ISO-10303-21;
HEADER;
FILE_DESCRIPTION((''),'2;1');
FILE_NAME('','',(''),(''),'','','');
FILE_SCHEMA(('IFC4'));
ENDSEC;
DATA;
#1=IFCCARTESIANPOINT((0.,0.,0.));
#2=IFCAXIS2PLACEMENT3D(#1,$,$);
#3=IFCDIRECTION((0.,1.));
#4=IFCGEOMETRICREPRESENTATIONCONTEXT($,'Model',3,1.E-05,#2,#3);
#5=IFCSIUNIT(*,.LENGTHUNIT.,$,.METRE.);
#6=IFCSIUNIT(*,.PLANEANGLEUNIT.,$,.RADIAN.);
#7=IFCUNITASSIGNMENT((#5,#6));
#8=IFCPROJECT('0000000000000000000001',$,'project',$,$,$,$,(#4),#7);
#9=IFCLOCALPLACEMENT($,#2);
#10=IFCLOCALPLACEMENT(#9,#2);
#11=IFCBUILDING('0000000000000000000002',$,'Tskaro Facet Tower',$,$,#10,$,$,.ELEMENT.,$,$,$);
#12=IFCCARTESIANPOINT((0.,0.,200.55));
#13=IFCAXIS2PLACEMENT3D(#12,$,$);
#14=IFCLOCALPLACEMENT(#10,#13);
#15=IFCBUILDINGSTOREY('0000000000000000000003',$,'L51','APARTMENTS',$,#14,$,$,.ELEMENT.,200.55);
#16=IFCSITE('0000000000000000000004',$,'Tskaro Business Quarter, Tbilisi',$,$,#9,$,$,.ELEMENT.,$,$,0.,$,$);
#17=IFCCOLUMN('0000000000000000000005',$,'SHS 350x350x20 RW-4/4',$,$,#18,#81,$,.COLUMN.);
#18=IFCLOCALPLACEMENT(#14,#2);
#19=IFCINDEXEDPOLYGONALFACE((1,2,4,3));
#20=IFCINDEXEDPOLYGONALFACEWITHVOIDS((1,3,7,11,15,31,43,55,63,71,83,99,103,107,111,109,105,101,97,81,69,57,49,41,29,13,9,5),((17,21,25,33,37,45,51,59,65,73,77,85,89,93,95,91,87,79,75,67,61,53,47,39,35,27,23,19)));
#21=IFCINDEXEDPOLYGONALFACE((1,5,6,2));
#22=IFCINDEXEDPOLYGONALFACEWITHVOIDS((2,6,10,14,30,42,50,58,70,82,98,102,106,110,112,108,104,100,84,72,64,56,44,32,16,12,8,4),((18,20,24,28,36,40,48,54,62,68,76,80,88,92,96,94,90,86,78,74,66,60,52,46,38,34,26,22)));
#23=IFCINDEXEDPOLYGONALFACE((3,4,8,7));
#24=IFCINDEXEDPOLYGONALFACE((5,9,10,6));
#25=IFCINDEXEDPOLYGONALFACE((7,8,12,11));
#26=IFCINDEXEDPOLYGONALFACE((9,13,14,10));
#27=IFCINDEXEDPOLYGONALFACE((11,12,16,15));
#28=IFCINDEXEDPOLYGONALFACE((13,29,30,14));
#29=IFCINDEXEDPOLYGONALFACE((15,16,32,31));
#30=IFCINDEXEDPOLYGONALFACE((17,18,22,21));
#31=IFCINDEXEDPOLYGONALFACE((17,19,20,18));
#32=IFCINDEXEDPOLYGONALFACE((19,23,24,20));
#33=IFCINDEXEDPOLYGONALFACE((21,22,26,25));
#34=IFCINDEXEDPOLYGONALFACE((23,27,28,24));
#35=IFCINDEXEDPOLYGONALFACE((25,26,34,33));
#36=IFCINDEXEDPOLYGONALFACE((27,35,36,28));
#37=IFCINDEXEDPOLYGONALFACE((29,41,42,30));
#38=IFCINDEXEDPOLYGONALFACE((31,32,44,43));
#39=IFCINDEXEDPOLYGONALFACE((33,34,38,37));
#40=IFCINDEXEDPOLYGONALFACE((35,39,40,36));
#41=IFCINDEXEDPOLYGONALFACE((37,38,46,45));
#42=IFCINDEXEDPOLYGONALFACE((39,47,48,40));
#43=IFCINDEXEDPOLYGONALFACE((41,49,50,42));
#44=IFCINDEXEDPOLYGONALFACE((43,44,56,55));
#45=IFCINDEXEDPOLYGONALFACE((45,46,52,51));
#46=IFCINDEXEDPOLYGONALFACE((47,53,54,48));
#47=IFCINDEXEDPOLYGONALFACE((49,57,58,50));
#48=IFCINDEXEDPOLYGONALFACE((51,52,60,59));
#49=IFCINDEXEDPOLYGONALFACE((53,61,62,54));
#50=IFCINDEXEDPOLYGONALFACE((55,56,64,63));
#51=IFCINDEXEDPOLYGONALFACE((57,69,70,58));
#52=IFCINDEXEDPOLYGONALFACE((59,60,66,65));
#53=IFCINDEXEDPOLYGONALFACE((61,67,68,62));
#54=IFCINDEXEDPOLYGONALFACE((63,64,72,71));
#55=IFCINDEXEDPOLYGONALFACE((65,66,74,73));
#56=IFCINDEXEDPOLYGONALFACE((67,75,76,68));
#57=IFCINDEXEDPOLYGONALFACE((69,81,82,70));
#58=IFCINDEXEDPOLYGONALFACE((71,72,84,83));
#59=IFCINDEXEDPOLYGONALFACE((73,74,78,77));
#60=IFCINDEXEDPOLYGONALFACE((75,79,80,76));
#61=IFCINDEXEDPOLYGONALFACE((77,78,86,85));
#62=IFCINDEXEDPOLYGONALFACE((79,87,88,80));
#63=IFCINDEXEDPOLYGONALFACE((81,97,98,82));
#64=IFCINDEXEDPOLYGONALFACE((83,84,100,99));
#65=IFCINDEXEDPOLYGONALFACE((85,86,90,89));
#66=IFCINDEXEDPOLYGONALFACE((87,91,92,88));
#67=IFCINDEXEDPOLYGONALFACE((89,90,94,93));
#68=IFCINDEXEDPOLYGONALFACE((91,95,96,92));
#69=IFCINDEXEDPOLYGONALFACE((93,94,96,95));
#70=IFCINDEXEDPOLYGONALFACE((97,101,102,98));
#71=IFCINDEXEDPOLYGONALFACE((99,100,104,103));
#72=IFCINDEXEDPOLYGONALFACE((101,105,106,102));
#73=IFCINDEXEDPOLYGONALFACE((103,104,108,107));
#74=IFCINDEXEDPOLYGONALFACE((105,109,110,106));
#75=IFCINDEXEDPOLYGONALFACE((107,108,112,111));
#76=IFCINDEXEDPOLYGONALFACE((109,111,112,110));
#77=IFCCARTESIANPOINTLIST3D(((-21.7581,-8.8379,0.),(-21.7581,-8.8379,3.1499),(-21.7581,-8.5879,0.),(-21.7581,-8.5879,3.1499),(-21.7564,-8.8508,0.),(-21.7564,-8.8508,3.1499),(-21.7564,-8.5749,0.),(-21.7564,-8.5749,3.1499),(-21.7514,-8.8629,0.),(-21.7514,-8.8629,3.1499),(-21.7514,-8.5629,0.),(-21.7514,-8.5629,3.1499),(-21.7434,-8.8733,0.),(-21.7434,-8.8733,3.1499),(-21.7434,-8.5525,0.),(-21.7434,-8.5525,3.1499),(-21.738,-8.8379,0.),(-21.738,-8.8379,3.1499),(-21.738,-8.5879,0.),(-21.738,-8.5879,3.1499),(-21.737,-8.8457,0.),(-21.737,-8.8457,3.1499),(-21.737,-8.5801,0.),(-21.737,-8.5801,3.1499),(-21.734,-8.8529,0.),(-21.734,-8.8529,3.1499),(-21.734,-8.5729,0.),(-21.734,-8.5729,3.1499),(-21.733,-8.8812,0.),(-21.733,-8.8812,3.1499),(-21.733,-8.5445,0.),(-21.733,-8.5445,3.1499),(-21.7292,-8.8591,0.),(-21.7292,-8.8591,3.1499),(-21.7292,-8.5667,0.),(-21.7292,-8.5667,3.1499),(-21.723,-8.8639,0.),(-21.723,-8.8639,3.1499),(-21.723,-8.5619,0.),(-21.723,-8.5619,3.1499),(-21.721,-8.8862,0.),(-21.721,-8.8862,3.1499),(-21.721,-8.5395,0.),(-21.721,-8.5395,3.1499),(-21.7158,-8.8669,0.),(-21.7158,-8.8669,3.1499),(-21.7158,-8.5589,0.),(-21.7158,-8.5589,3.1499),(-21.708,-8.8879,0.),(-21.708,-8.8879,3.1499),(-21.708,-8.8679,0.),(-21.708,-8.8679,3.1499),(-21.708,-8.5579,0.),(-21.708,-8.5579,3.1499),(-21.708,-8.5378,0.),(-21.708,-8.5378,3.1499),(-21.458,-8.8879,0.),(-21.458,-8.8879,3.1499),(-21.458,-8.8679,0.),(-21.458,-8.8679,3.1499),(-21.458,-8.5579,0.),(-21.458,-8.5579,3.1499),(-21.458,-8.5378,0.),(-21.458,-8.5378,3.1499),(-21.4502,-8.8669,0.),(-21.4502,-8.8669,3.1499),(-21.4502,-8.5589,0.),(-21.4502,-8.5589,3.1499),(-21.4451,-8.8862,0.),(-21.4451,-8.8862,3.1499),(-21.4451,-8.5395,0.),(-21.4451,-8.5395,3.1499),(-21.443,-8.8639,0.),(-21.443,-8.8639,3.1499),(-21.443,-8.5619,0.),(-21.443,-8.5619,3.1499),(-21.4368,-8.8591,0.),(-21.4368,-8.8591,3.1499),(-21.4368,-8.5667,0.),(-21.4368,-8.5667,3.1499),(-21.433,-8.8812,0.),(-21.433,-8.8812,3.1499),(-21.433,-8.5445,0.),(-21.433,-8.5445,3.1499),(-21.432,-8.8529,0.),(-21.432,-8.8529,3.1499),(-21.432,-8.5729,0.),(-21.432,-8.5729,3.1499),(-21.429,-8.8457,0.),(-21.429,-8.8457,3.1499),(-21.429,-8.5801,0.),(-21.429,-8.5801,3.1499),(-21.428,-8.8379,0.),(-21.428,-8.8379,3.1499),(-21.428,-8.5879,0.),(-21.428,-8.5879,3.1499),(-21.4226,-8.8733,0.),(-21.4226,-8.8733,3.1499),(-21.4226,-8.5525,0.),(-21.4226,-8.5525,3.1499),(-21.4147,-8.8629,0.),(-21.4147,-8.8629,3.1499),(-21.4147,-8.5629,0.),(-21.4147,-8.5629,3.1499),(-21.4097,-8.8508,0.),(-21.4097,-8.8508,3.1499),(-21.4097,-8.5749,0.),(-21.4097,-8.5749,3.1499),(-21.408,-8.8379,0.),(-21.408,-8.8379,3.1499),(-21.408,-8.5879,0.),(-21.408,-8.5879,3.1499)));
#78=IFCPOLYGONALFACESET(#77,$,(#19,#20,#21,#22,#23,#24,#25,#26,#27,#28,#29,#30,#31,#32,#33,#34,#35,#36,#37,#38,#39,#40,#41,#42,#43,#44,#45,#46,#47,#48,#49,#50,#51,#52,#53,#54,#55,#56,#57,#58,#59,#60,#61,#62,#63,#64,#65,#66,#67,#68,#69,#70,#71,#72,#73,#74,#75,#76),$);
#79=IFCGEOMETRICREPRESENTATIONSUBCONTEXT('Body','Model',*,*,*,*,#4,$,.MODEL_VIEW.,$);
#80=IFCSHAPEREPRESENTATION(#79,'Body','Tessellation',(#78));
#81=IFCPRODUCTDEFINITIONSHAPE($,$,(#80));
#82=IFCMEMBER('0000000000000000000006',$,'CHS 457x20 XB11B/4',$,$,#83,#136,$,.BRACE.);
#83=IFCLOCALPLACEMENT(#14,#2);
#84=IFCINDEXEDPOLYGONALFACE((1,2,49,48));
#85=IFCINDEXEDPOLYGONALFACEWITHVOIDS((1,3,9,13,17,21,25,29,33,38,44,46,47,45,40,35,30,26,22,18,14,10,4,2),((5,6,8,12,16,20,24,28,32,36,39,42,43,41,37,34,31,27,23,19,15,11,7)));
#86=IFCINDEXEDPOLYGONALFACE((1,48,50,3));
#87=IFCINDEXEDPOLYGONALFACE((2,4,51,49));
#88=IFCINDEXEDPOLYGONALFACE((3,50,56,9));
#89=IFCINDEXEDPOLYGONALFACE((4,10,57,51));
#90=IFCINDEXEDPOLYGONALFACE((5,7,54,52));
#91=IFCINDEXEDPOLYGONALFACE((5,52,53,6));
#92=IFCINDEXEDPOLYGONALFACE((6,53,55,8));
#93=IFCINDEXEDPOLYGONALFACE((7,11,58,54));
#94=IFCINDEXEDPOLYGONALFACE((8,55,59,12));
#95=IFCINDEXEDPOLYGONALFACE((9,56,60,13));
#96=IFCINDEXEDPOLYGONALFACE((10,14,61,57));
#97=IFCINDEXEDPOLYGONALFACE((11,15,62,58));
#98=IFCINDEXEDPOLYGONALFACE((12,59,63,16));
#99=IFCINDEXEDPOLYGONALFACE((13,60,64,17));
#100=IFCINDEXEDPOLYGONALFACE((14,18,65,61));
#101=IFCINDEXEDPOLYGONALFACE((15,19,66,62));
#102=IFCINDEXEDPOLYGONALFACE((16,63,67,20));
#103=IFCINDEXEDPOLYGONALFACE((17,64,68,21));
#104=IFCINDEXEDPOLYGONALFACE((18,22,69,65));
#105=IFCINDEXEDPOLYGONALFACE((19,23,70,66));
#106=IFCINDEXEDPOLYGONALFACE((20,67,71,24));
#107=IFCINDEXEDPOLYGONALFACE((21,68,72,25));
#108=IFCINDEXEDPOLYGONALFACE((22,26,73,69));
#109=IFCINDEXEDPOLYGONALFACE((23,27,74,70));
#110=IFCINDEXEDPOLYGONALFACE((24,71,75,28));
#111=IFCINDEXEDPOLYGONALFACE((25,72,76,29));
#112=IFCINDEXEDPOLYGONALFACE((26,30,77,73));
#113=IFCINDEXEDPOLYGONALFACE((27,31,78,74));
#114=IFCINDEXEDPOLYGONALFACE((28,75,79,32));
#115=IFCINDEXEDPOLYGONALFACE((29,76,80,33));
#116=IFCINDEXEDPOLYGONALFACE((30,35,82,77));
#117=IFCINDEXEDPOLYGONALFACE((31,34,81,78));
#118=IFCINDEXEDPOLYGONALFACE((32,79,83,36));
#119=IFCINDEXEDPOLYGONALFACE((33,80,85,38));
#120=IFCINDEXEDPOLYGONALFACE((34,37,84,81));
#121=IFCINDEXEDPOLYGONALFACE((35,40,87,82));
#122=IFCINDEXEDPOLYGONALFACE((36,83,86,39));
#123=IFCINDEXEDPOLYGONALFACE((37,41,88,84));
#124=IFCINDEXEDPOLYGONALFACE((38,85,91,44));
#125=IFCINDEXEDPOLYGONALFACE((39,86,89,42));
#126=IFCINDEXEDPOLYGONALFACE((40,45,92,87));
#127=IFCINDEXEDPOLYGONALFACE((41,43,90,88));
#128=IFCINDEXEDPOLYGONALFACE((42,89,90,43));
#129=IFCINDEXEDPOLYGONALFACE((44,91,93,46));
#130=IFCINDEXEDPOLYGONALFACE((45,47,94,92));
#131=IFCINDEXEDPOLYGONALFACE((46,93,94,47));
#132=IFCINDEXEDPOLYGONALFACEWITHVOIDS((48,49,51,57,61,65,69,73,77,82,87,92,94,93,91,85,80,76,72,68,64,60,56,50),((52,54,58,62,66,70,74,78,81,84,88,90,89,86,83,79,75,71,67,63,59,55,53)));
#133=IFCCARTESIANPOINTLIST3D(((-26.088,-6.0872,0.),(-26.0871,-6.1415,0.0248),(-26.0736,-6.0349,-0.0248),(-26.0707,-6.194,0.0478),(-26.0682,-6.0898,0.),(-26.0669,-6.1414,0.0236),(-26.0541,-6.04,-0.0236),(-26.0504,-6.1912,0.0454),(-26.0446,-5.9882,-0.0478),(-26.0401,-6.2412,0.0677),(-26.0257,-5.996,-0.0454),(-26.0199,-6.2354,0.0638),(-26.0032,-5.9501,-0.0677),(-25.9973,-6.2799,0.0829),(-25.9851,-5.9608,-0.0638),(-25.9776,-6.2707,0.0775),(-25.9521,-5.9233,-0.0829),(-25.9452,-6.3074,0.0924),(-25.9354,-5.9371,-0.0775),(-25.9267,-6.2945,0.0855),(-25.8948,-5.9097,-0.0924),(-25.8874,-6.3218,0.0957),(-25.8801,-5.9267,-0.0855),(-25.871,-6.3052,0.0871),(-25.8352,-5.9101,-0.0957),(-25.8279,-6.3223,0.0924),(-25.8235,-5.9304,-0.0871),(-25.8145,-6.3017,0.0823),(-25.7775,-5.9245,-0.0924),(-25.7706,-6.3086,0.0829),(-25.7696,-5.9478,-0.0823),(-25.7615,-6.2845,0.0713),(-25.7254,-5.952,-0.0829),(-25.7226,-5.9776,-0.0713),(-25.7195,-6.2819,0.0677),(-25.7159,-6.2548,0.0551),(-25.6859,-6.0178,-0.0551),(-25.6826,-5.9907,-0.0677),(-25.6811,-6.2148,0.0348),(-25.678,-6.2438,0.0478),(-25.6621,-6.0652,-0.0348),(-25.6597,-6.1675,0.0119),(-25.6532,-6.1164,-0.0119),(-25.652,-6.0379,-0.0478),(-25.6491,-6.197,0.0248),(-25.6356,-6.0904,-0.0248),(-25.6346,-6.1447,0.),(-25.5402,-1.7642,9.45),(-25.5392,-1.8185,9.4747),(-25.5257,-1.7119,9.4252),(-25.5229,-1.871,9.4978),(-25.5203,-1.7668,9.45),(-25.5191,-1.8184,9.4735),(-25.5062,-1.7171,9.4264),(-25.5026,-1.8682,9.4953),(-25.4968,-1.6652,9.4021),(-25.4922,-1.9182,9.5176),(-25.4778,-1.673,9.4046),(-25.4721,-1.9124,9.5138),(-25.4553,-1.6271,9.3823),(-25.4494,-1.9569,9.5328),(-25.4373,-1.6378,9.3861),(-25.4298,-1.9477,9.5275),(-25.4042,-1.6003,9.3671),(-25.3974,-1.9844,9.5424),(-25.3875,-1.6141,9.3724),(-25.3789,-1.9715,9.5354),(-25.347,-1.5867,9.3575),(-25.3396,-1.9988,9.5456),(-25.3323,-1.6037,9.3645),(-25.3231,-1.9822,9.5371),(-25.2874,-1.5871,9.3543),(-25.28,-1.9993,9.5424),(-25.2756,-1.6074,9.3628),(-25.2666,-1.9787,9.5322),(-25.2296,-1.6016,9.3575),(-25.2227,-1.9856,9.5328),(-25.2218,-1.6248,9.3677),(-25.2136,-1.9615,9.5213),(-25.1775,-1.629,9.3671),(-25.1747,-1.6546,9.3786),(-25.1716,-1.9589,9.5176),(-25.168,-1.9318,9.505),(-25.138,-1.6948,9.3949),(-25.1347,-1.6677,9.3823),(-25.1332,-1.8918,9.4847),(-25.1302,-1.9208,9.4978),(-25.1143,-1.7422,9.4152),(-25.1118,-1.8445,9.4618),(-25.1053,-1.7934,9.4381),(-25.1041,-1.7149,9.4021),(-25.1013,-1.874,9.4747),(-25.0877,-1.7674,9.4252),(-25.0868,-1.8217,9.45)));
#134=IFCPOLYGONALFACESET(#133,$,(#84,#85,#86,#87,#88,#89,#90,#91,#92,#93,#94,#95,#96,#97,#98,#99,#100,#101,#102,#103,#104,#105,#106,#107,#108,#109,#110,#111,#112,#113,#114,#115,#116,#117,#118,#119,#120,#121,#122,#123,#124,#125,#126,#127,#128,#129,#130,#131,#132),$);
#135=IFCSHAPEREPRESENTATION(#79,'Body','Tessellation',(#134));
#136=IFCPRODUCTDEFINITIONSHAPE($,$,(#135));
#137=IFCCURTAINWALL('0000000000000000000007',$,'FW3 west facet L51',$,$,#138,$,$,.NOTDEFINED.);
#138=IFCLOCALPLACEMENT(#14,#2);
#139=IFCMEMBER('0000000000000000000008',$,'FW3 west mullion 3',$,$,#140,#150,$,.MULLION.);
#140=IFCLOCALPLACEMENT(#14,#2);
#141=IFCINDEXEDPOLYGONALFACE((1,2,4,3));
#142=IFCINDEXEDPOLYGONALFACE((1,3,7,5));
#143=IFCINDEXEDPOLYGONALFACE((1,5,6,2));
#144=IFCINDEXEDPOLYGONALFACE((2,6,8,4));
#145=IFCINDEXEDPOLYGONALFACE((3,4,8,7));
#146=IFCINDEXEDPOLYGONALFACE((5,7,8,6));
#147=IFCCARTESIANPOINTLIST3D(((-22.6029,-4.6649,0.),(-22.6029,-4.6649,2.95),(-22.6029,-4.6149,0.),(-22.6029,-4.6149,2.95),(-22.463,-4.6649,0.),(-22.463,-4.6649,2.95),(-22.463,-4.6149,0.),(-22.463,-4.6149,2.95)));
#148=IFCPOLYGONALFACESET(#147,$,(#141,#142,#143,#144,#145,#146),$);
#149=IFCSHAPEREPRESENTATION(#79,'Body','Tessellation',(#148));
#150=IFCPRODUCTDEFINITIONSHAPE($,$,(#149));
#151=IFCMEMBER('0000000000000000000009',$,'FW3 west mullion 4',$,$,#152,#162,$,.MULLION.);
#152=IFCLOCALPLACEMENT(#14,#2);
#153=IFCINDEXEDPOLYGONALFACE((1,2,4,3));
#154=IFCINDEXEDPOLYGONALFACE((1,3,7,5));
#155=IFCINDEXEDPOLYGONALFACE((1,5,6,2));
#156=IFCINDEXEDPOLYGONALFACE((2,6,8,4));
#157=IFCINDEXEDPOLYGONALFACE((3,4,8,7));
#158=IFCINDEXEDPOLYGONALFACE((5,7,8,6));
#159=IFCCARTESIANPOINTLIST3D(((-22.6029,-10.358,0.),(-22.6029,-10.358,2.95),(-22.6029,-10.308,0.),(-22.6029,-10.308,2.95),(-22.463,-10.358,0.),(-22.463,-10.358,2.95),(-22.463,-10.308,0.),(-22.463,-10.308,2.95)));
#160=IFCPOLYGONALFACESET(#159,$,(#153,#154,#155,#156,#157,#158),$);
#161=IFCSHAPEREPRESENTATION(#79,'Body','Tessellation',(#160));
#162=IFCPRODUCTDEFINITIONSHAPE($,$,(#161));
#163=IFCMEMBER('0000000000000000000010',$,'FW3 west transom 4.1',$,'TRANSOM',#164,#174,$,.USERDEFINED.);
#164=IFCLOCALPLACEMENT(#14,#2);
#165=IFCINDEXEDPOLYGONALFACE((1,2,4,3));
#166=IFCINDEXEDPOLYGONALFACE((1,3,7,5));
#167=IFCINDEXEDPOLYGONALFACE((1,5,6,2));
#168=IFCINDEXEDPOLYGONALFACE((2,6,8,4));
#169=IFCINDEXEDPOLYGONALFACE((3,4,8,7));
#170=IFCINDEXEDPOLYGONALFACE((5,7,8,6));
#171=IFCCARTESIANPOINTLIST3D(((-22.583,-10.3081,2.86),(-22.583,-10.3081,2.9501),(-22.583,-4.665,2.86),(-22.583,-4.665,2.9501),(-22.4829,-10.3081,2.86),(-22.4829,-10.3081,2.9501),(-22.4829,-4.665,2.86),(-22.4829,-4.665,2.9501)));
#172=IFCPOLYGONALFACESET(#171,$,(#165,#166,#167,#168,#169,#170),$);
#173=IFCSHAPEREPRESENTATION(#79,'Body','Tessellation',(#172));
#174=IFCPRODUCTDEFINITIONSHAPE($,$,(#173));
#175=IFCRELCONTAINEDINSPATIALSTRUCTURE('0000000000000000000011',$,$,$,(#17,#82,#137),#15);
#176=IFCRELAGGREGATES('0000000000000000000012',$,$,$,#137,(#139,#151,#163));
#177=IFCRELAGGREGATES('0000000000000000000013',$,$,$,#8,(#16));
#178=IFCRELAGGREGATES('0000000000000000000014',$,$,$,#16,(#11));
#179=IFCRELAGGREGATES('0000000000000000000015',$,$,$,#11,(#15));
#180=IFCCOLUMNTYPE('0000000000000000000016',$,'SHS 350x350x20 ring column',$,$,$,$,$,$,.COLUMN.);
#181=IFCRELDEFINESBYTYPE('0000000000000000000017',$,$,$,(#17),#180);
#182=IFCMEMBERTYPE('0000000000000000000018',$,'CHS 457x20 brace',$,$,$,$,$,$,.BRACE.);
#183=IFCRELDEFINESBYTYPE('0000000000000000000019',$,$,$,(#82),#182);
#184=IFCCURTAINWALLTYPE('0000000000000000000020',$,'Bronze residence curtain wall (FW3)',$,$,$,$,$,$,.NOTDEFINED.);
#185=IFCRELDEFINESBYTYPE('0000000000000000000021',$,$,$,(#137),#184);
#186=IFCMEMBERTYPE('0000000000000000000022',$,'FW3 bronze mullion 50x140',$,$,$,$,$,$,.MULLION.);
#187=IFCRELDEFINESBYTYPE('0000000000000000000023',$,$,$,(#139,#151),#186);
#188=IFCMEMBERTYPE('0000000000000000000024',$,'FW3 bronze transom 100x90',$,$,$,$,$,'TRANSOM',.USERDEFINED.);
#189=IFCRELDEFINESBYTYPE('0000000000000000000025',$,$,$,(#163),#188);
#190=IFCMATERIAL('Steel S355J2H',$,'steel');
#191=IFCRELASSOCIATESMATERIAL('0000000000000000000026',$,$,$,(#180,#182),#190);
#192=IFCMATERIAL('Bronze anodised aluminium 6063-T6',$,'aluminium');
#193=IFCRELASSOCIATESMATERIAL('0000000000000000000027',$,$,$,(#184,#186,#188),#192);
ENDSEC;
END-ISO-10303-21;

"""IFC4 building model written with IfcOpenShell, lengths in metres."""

from ifc_helpers import new_model, si_unit, direction, frame, origin, origin_2d, place, context, subcontext, project, spatial, rectangle, hollow_rectangle, hollow_circle, extrude, material, material_profile, profile_set, type_object, element, aggregate, save


model = new_model("IFC4")

# Units and contexts
model_context = context("Model", 3, precision=1e-05, world=origin(), true_north=direction((0.0, 1.0)))
body_context = subcontext(model_context, "Body", "Model", "MODEL_VIEW")
ifc_project = project(units=[si_unit("LENGTHUNIT", "METRE"), si_unit("PLANEANGLEUNIT", "RADIAN")], contexts=[model_context])

# Site, building, storey
site_placement = place(None, origin())
site = spatial("IfcSite", under=ifc_project, at=site_placement, Name="Tskaro Business Quarter, Tbilisi", CompositionType="ELEMENT", RefElevation=0.0)
building_placement = place(site_placement, origin())
building = spatial("IfcBuilding", under=site, at=building_placement, Name="Tskaro Facet Tower", CompositionType="ELEMENT")
storey_placement = place(building_placement, frame((0.0, 0.0, 200.55)))
storey = spatial("IfcBuildingStorey", under=building, at=storey_placement, Name="L51", Description="APARTMENTS", CompositionType="ELEMENT", Elevation=200.55)

# Column
ifc_material_1 = material(Name="Steel S355J2H", Category="steel")
ifc_material_profile_1 = material_profile(ifc_material_1, hollow_rectangle(XDim=0.3501, YDim=0.3501, WallThickness=0.02, InnerFilletRadius=0.03, OuterFilletRadius=0.05, at=origin_2d()), Name="SHS 350x350x20")
ifc_profile_set_1 = profile_set([ifc_material_profile_1], Name="Steel S355J2H")
column_type_1 = type_object("IfcColumnType", Name="SHS 350x350x20 ring column", PredefinedType="COLUMN", material=ifc_profile_set_1)
for number, where, z_axis, x_axis, name in (
    (1, (-21.583, -8.7129, 0.0), (0.0, 0.0, 1.0), (1.0, 0.0, 0.0), "SHS 350x350x20 RW-4/4"),
):
    element("IfcColumn", number, at=place(storey_placement, frame(where, z_axis=z_axis, x_axis=x_axis)), inside=storey, type_object=column_type_1, Name=name, PredefinedType="COLUMN", context=body_context, shape_type="SweptSolid", body=[
        extrude(hollow_rectangle(XDim=0.3501, YDim=0.3501, WallThickness=0.02, InnerFilletRadius=0.03, OuterFilletRadius=0.05, at=origin_2d()), origin(), (0.0, 0.0, 1.0), 3.1499),
    ])

# Member
ifc_material_profile_2 = material_profile(ifc_material_1, hollow_circle(Radius=0.2285, WallThickness=0.02, at=origin_2d()), Name="CHS 457x20")
ifc_profile_set_2 = profile_set([ifc_material_profile_2], Name="Steel S355J2H")
member_type_1 = type_object("IfcMemberType", Name="CHS 457x20 brace", PredefinedType="BRACE", material=ifc_profile_set_2)
member_1_placement = place(storey_placement, frame((-25.8613, -6.116, 0.0), z_axis=(0.052646, 0.415423, 0.908103), x_axis=(-0.992065, 0.125724, 0.0)))
element("IfcMember", 2, at=member_1_placement, inside=storey, type_object=member_type_1, Name="CHS 457x20 XB11B/4", PredefinedType="BRACE", context=body_context, shape_type="SweptSolid", body=[
    extrude(hollow_circle(Radius=0.2285, WallThickness=0.02, at=origin_2d()), origin(), (0.0, 0.0, 1.0), 10.4062),
])

# Curtain wall, members
ifc_material_2 = material(Name="Bronze anodised aluminium 6063-T6", Category="aluminium")
curtain_wall_type = type_object("IfcCurtainWallType", Name="Bronze residence curtain wall (FW3)", PredefinedType="NOTDEFINED", material=ifc_material_2)
curtain_wall_placement = place(storey_placement, origin())
curtain_wall = element("IfcCurtainWall", 3, at=curtain_wall_placement, inside=storey, type_object=curtain_wall_type, Name="FW3 west facet L51", PredefinedType="NOTDEFINED")
ifc_material_profile_3 = material_profile(ifc_material_2, rectangle(XDim=0.05, YDim=0.1399, at=origin_2d()), Name="Mullion 50x140")
ifc_profile_set_3 = profile_set([ifc_material_profile_3], Name="Bronze anodised aluminium 6063-T6")
member_type_2 = type_object("IfcMemberType", Name="FW3 bronze mullion 50x140", PredefinedType="MULLION", material=ifc_profile_set_3)
member_2_placement = place(storey_placement, frame((-22.533, -4.6399, 0.0), z_axis=(0.0, 0.0, 1.0), x_axis=(0.0, -1.0, 0.0)))
member_2 = element("IfcMember", 4, at=member_2_placement, type_object=member_type_2, Name="FW3 west mullion 3", PredefinedType="MULLION", context=body_context, shape_type="SweptSolid", body=[
    extrude(rectangle(XDim=0.05, YDim=0.1399, at=origin_2d()), origin(), (0.0, 0.0, 1.0), 2.95),
])
member_3_placement = place(storey_placement, frame((-22.533, -10.333, 0.0), z_axis=(0.0, 0.0, 1.0), x_axis=(0.0, -1.0, 0.0)))
member_3 = element("IfcMember", 5, at=member_3_placement, type_object=member_type_2, Name="FW3 west mullion 4", PredefinedType="MULLION", context=body_context, shape_type="SweptSolid", body=[
    extrude(rectangle(XDim=0.05, YDim=0.1399, at=origin_2d()), origin(), (0.0, 0.0, 1.0), 2.95),
])
ifc_material_profile_4 = material_profile(ifc_material_2, rectangle(XDim=0.1001, YDim=0.0901, at=origin_2d()), Name="Transom 100x90")
ifc_profile_set_4 = profile_set([ifc_material_profile_4], Name="Bronze anodised aluminium 6063-T6")
member_type_3 = type_object("IfcMemberType", Name="FW3 bronze transom 100x90", ElementType="TRANSOM", PredefinedType="USERDEFINED", material=ifc_profile_set_4)
member_4_placement = place(storey_placement, frame((-22.533, -4.665, 2.905), z_axis=(0.0, -1.0, 0.0), x_axis=(1.0, 0.0, 0.0)))
member_4 = element("IfcMember", 6, at=member_4_placement, type_object=member_type_3, Name="FW3 west transom 4.1", ObjectType="TRANSOM", PredefinedType="USERDEFINED", context=body_context, shape_type="SweptSolid", body=[
    extrude(rectangle(XDim=0.1001, YDim=0.0901, at=origin_2d()), origin(), (0.0, 0.0, 1.0), 5.6431),
])

aggregate(curtain_wall, [member_2, member_3, member_4])

save(model, "model.ifc")
